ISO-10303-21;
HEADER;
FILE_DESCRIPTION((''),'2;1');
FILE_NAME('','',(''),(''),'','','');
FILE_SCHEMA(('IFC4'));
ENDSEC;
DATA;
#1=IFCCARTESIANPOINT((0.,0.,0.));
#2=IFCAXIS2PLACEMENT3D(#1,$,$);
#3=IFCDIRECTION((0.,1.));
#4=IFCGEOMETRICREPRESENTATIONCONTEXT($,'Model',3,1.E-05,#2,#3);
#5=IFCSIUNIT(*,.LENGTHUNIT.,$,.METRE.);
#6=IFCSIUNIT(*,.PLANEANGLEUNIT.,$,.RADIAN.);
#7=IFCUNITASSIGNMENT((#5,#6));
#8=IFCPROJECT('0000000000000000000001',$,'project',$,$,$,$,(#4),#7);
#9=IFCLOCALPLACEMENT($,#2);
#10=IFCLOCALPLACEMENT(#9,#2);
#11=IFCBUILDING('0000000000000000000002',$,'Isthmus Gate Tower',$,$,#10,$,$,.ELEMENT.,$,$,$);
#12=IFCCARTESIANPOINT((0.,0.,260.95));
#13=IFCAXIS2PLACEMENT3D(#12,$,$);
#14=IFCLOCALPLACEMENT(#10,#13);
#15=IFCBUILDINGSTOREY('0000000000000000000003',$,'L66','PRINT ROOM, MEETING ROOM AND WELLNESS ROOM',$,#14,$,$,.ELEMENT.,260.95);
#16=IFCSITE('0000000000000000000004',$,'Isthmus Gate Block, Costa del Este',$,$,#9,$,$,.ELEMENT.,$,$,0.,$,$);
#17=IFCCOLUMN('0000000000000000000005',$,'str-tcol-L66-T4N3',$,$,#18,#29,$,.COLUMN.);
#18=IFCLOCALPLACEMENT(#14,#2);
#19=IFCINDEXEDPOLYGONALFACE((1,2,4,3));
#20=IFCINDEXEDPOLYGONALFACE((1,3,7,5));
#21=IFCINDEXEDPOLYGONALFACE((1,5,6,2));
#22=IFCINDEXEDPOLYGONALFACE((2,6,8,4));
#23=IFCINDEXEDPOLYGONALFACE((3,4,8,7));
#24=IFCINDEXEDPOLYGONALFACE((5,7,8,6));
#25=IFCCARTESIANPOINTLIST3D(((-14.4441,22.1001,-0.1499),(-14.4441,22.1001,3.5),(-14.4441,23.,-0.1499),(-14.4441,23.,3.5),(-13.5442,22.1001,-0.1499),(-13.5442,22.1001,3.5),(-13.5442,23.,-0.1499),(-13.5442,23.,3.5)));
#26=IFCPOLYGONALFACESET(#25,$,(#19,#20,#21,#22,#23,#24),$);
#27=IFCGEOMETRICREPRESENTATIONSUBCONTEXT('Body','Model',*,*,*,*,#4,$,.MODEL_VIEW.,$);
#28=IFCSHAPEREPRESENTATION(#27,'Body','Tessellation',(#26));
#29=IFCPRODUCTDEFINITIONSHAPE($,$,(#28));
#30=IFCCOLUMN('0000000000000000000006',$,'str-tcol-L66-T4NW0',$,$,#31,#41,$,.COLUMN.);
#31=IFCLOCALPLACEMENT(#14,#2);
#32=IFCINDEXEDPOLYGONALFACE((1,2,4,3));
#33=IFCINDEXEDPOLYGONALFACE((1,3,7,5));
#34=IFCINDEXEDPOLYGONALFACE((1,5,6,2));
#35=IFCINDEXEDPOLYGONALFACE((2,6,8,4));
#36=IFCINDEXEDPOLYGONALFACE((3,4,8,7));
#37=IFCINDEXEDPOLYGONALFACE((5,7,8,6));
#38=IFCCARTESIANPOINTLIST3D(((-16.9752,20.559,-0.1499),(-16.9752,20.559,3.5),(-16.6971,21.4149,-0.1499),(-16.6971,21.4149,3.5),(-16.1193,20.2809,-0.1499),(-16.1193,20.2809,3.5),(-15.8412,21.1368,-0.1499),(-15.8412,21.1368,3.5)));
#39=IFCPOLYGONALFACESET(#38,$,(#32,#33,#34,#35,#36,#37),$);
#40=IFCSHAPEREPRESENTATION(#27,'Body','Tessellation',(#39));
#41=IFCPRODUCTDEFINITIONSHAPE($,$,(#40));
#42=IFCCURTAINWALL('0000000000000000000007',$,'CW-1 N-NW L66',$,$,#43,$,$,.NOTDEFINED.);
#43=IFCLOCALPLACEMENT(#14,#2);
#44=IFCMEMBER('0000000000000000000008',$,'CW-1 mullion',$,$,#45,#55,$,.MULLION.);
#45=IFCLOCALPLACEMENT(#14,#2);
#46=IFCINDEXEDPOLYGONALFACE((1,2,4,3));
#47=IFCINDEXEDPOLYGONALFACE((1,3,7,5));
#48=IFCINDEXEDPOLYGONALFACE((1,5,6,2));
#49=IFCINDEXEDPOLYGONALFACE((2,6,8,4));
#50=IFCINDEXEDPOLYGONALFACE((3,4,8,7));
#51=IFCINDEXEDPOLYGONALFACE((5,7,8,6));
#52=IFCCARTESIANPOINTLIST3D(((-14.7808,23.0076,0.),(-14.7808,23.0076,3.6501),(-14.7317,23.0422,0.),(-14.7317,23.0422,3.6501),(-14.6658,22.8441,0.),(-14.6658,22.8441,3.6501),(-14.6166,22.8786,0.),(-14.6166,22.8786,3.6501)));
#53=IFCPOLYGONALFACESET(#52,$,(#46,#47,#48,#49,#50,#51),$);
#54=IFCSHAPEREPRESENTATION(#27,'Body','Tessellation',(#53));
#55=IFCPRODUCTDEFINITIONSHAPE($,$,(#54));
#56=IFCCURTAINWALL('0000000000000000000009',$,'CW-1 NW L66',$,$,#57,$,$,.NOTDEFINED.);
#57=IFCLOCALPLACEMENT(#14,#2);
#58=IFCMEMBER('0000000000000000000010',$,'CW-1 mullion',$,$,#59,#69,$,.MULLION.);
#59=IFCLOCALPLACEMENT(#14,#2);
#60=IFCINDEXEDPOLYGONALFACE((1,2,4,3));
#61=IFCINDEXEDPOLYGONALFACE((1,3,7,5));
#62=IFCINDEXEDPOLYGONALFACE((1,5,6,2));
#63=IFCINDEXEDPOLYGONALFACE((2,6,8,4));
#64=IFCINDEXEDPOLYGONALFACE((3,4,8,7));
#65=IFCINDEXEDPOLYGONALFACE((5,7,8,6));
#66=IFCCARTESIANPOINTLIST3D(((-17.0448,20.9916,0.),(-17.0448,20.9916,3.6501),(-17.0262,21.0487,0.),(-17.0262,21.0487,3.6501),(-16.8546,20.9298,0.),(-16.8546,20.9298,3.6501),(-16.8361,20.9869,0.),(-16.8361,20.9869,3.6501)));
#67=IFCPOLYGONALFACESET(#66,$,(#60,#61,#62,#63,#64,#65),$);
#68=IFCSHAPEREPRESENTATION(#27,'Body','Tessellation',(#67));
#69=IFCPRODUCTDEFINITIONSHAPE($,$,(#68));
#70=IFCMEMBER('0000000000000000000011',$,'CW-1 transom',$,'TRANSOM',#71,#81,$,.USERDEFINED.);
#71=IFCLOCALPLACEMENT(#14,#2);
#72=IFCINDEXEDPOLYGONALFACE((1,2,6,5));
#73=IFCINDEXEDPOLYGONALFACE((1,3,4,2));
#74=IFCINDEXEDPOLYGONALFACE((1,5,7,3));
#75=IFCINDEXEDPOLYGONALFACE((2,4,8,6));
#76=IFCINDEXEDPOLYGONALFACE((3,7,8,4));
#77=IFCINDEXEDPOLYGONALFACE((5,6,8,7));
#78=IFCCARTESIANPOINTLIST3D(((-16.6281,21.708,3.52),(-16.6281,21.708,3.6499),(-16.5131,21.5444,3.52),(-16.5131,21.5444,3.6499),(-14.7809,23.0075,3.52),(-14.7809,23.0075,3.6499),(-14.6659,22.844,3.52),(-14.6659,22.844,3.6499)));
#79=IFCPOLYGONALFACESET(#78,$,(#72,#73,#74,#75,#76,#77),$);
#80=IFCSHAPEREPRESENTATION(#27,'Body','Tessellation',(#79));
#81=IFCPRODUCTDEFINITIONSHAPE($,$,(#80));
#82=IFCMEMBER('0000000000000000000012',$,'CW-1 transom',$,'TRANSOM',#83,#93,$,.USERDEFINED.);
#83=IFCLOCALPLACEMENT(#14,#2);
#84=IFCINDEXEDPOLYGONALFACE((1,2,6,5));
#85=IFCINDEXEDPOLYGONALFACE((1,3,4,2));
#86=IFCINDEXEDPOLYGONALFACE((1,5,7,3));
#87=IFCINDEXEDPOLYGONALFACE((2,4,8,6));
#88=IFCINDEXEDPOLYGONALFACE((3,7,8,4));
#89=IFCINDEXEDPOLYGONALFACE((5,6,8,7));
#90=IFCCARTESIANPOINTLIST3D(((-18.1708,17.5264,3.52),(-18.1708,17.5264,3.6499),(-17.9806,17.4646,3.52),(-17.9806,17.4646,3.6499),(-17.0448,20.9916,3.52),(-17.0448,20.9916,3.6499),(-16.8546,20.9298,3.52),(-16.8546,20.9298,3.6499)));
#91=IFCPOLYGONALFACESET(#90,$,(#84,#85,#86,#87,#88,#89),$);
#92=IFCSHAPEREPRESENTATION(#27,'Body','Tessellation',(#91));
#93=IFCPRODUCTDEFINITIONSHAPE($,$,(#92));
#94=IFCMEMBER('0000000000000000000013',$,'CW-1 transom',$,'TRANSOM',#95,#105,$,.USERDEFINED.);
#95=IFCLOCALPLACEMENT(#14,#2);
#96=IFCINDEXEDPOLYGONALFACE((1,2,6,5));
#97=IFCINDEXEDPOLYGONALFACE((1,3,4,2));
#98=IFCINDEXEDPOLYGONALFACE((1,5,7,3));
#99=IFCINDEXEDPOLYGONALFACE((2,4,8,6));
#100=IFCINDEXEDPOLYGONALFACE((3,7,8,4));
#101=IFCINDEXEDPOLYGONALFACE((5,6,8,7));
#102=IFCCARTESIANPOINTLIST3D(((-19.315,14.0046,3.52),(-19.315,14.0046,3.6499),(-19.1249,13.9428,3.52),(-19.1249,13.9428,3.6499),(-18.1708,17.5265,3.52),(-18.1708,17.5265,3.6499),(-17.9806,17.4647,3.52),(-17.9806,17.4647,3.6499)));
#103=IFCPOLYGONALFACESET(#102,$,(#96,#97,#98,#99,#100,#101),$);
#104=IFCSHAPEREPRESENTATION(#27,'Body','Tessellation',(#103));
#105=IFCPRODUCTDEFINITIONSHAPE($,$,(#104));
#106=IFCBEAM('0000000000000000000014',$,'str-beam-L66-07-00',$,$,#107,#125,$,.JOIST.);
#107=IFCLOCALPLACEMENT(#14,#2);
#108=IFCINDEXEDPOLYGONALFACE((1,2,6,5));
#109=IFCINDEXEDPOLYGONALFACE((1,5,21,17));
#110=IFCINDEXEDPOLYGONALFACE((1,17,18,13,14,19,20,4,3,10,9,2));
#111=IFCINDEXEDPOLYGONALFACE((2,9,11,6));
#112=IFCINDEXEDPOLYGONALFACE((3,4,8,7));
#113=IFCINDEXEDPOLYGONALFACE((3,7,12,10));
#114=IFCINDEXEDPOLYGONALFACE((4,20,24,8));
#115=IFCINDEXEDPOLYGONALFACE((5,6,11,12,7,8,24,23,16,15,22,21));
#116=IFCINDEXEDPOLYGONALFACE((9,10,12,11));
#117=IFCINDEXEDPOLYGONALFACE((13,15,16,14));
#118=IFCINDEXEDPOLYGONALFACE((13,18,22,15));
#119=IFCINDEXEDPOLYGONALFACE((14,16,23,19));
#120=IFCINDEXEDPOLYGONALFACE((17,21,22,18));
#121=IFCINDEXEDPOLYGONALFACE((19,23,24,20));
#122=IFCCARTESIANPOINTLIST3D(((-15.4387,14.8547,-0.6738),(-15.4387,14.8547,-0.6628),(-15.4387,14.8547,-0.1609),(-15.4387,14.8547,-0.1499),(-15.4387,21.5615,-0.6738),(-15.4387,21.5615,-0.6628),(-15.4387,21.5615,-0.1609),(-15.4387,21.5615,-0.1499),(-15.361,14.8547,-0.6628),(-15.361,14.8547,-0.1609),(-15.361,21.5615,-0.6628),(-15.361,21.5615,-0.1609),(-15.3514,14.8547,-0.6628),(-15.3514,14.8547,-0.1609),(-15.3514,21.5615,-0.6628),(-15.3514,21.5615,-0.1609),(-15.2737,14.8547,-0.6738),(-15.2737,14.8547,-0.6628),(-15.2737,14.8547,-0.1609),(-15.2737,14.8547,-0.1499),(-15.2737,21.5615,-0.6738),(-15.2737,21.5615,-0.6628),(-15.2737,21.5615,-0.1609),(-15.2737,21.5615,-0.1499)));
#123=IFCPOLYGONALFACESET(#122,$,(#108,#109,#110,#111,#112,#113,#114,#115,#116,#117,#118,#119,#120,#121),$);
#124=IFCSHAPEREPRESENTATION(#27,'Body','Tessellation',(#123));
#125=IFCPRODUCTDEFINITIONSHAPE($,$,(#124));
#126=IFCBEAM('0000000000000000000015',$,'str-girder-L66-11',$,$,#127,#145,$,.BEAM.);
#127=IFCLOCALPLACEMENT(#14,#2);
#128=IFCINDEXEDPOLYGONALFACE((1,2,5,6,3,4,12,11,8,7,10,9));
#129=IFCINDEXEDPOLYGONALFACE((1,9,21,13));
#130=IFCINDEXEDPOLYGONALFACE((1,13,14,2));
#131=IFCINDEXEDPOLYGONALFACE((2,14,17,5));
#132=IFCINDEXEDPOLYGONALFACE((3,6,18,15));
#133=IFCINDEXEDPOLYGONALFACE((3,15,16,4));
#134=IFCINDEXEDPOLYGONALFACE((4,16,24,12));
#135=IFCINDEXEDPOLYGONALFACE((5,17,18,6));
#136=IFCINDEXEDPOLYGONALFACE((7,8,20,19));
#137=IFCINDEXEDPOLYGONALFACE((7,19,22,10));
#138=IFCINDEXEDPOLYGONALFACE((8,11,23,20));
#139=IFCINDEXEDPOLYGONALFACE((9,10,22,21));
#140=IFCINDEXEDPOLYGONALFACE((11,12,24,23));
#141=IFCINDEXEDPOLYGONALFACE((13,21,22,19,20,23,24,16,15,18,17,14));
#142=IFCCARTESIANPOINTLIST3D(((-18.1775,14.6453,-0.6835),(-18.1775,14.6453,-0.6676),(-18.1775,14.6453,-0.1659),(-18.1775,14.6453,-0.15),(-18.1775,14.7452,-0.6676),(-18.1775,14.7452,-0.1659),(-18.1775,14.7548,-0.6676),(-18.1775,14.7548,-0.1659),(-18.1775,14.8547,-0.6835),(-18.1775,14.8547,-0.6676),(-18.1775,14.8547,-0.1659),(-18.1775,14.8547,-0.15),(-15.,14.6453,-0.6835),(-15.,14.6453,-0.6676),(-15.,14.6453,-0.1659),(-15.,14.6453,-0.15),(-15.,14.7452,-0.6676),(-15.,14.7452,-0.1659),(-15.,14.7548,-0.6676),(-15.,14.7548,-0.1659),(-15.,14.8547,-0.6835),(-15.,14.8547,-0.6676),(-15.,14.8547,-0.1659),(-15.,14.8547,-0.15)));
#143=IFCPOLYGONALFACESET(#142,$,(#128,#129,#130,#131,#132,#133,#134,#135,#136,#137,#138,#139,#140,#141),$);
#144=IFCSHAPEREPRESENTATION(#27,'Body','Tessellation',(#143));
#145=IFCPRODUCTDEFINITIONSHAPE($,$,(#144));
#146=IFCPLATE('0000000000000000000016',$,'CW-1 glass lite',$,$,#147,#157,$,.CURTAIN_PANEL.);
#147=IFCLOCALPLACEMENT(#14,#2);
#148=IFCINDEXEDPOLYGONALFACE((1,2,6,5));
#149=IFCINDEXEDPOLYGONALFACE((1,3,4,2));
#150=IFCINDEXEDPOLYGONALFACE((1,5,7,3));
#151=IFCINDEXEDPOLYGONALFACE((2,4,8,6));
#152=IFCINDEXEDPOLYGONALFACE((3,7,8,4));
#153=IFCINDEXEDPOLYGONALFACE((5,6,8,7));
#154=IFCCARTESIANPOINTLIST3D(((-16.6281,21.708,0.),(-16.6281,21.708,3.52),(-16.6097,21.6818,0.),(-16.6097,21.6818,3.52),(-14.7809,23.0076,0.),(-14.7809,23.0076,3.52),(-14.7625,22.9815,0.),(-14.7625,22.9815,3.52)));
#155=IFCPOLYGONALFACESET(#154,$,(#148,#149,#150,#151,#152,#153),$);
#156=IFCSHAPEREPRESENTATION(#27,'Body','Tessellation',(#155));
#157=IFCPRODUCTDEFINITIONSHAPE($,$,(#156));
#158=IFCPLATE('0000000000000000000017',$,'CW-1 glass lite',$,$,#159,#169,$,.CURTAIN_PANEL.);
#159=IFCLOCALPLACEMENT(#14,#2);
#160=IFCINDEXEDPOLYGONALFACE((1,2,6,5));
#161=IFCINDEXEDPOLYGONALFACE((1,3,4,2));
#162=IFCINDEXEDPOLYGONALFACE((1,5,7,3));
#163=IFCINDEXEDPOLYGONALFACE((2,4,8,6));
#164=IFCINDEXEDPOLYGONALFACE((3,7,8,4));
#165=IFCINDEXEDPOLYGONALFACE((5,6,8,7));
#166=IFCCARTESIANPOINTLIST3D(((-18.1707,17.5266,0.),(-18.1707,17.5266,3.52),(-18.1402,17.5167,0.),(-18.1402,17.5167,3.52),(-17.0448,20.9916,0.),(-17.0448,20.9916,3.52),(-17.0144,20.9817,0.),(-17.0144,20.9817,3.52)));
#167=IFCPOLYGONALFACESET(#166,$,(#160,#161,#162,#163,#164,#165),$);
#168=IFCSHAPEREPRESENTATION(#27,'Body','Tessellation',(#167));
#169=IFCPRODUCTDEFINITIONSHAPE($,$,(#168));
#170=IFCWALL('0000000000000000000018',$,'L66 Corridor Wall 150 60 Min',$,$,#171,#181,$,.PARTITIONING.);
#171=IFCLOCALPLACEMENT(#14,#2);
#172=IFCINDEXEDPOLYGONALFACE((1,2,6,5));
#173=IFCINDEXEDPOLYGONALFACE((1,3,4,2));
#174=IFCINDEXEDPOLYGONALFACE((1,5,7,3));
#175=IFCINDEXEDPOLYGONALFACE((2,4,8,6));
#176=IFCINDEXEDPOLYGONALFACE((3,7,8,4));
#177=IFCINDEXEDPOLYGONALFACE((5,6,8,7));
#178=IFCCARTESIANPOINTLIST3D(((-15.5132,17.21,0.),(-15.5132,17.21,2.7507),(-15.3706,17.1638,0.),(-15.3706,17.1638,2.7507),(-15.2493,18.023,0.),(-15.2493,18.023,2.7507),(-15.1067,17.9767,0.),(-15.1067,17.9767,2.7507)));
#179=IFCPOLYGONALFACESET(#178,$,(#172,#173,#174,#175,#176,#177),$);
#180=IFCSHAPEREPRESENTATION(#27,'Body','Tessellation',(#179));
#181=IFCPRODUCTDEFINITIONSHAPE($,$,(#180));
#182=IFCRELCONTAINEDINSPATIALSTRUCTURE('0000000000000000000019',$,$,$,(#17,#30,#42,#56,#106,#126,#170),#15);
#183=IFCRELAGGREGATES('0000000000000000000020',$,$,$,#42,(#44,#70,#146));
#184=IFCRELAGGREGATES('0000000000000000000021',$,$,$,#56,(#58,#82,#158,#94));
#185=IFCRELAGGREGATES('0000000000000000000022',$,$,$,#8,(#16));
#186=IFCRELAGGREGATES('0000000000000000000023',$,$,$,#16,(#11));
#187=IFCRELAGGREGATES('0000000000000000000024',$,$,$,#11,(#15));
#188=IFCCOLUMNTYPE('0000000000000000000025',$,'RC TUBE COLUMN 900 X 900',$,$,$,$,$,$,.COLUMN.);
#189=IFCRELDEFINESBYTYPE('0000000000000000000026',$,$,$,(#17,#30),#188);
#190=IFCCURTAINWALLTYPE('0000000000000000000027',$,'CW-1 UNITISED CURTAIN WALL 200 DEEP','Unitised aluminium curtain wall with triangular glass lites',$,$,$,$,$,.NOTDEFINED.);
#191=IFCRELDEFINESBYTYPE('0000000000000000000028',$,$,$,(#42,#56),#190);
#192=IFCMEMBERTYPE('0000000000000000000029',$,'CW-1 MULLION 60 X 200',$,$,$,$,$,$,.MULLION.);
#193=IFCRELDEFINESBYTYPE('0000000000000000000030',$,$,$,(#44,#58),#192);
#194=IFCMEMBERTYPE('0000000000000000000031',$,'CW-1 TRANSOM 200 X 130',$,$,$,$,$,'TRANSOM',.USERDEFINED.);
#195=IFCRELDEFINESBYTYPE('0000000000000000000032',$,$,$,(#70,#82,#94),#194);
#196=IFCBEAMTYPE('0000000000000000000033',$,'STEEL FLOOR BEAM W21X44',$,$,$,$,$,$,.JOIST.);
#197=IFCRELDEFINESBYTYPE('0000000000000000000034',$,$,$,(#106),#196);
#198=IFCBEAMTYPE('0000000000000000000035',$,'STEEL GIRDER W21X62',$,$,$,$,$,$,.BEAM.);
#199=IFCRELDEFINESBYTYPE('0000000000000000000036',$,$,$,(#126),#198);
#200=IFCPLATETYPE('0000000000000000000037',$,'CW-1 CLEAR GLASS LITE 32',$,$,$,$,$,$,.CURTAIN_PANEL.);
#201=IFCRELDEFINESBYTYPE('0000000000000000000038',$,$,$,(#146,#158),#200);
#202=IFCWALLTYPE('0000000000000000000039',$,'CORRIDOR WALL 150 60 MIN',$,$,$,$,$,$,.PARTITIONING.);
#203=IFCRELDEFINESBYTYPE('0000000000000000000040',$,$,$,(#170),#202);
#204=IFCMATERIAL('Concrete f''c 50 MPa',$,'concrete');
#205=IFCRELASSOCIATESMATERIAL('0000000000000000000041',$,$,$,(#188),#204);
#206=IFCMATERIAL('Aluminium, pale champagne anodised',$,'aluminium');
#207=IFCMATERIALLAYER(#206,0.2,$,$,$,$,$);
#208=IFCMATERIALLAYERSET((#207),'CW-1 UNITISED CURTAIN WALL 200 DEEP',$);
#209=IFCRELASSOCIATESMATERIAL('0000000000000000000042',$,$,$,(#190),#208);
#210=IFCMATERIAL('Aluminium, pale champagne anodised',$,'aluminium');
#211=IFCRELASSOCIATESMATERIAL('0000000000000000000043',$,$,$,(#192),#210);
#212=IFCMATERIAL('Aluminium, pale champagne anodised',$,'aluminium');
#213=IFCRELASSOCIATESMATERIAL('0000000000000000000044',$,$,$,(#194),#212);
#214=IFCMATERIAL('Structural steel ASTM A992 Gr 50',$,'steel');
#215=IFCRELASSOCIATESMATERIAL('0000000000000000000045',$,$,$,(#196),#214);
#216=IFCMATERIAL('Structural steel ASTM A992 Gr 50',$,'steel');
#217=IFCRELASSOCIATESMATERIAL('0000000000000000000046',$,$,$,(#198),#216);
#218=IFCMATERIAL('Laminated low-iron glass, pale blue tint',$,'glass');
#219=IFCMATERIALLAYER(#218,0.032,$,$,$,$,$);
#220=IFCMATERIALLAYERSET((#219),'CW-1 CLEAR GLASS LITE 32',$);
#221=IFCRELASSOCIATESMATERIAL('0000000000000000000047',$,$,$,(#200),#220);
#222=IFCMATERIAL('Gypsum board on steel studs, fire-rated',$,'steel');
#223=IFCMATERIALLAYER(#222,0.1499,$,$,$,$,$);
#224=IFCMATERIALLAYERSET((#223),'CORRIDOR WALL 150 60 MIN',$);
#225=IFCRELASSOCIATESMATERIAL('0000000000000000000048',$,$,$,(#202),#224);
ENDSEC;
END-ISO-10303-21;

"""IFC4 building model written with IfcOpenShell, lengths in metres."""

from ifc_helpers import new_model, si_unit, direction, frame, frame_2d, origin, origin_2d, place, context, subcontext, project, spatial, rectangle, i_section, extrude, material, layer, layer_set, material_profile, profile_set, type_object, element, aggregate, save


model = new_model("IFC4")

# Units and contexts
model_context = context("Model", 3, precision=1e-05, world=origin(), true_north=direction((0.0, 1.0)))
body_context = subcontext(model_context, "Body", "Model", "MODEL_VIEW")
ifc_project = project(units=[si_unit("LENGTHUNIT", "METRE"), si_unit("PLANEANGLEUNIT", "RADIAN")], contexts=[model_context])

# Site, building, storey
site_placement = place(None, origin())
site = spatial("IfcSite", under=ifc_project, at=site_placement, Name="Isthmus Gate Block, Costa del Este", CompositionType="ELEMENT", RefElevation=0.0)
building_placement = place(site_placement, origin())
building = spatial("IfcBuilding", under=site, at=building_placement, Name="Isthmus Gate Tower", CompositionType="ELEMENT")
storey_placement = place(building_placement, frame((0.0, 0.0, 260.95)))
storey = spatial("IfcBuildingStorey", under=building, at=storey_placement, Name="L66", Description="PRINT ROOM, MEETING ROOM AND WELLNESS ROOM", CompositionType="ELEMENT", Elevation=260.95)

# Columns
ifc_material_1 = material(Name="Concrete f'c 50 MPa", Category="concrete")
ifc_material_profile_1 = material_profile(ifc_material_1, rectangle(XDim=0.8999, YDim=0.8999, at=origin_2d()), Name="RC 900X900")
ifc_profile_set_1 = profile_set([ifc_material_profile_1], Name="Concrete f'c 50 MPa")
column_type = type_object("IfcColumnType", Name="RC TUBE COLUMN 900 X 900", PredefinedType="COLUMN", material=ifc_profile_set_1)
for number, where, z_axis, x_axis, name in (
    (1, (-13.9941, 22.55, -0.1499), (0.0, 0.0, 1.0), (-1.0, 0.0, 0.0), "str-tcol-L66-T4N3"),
    (2, (-16.4082, 20.8479, -0.1499), (0.0, 0.0, 1.0), (-0.309017, -0.951057, 0.0), "str-tcol-L66-T4NW0"),
):
    element("IfcColumn", number, at=place(storey_placement, frame(where, z_axis=z_axis, x_axis=x_axis)), inside=storey, type_object=column_type, Name=name, PredefinedType="COLUMN", context=body_context, shape_type="SweptSolid", body=[
        extrude(rectangle(XDim=0.8999, YDim=0.8999, at=origin_2d()), origin(), (0.0, 0.0, 1.0), 3.6499),
    ])

# Curtain walls, members
ifc_material_2 = material(Name="Aluminium, pale champagne anodised", Category="aluminium")
ifc_layer_1 = layer(ifc_material_2, 0.2)
ifc_layer_set_1 = layer_set([ifc_layer_1], Name="CW-1 UNITISED CURTAIN WALL 200 DEEP")
curtain_wall_type = type_object("IfcCurtainWallType", Name="CW-1 UNITISED CURTAIN WALL 200 DEEP", Description="Unitised aluminium curtain wall with triangular glass lites", PredefinedType="NOTDEFINED", material=ifc_layer_set_1)
curtain_wall_1_placement = place(storey_placement, origin())
curtain_wall_1 = element("IfcCurtainWall", 3, at=curtain_wall_1_placement, inside=storey, type_object=curtain_wall_type, Name="CW-1 N-NW L66", PredefinedType="NOTDEFINED")
ifc_material_3 = material(Name="Aluminium, pale champagne anodised", Category="aluminium")
ifc_material_profile_2 = material_profile(ifc_material_3, rectangle(XDim=0.0601, YDim=0.2, at=origin_2d()), Name="60x200")
ifc_profile_set_2 = profile_set([ifc_material_profile_2], Name="Aluminium, pale champagne anodised")
member_type_1 = type_object("IfcMemberType", Name="CW-1 MULLION 60 X 200", PredefinedType="MULLION", material=ifc_profile_set_2)
member_1_placement = place(storey_placement, frame((-14.6987, 22.9431, 0.0), z_axis=(0.0, 0.0, 1.0), x_axis=(-0.81786, -0.575418, 0.0)))
member_1 = element("IfcMember", 4, at=member_1_placement, type_object=member_type_1, Name="CW-1 mullion", PredefinedType="MULLION", context=body_context, shape_type="SweptSolid", body=[
    extrude(rectangle(XDim=0.0601, YDim=0.2, at=origin_2d()), origin(), (0.0, 0.0, 1.0), 3.6501),
])
curtain_wall_2_placement = place(storey_placement, origin())
curtain_wall_2 = element("IfcCurtainWall", 5, at=curtain_wall_2_placement, inside=storey, type_object=curtain_wall_type, Name="CW-1 NW L66", PredefinedType="NOTDEFINED")
member_2_placement = place(storey_placement, frame((-16.9404, 20.9893, 0.0), z_axis=(0.0, 0.0, 1.0), x_axis=(-0.309017, -0.951057, 0.0)))
member_2 = element("IfcMember", 6, at=member_2_placement, type_object=member_type_1, Name="CW-1 mullion", PredefinedType="MULLION", context=body_context, shape_type="SweptSolid", body=[
    extrude(rectangle(XDim=0.0601, YDim=0.2, at=origin_2d()), origin(), (0.0, 0.0, 1.0), 3.6501),
])

# Members
ifc_material_4 = material(Name="Aluminium, pale champagne anodised", Category="aluminium")
ifc_material_profile_3 = material_profile(ifc_material_4, rectangle(XDim=0.2, YDim=0.1299, at=origin_2d()), Name="200x130")
ifc_profile_set_3 = profile_set([ifc_material_profile_3], Name="Aluminium, pale champagne anodised")
member_type_2 = type_object("IfcMemberType", Name="CW-1 TRANSOM 200 X 130", ElementType="TRANSOM", PredefinedType="USERDEFINED", material=ifc_profile_set_3)
member_3_placement = place(storey_placement, frame((-14.7234, 22.9258, 3.585), z_axis=(-0.817869, -0.575405, 0.0), x_axis=(0.575405, -0.817869, 0.0)))
member_3 = element("IfcMember", 7, at=member_3_placement, type_object=member_type_2, Name="CW-1 transom", ObjectType="TRANSOM", PredefinedType="USERDEFINED", context=body_context, shape_type="SweptSolid", body=[
    extrude(rectangle(XDim=0.2, YDim=0.1299, at=origin_2d()), origin(), (0.0, 0.0, 1.0), 2.2585),
])
member_4_placement = place(storey_placement, frame((-16.9497, 20.9607, 3.585), z_axis=(-0.309042, -0.951048, 0.0), x_axis=(0.951048, -0.309042, 0.0)))
member_4 = element("IfcMember", 8, at=member_4_placement, type_object=member_type_2, Name="CW-1 transom", ObjectType="TRANSOM", PredefinedType="USERDEFINED", context=body_context, shape_type="SweptSolid", body=[
    extrude(rectangle(XDim=0.2, YDim=0.1299, at=origin_2d()), origin(), (0.0, 0.0, 1.0), 3.6436),
])
member_5_placement = place(storey_placement, frame((-18.0757, 17.4956, 3.585), z_axis=(-0.309, -0.951062, 0.0), x_axis=(0.951062, -0.309, 0.0)))
member_5 = element("IfcMember", 9, at=member_5_placement, type_object=member_type_2, Name="CW-1 transom", ObjectType="TRANSOM", PredefinedType="USERDEFINED", context=body_context, shape_type="SweptSolid", body=[
    extrude(rectangle(XDim=0.2, YDim=0.1299, at=origin_2d()), origin(), (0.0, 0.0, 1.0), 3.7031),
])

# Beams
ifc_material_5 = material(Name="Structural steel ASTM A992 Gr 50", Category="steel")
ifc_material_profile_4 = material_profile(ifc_material_5, i_section(OverallWidth=0.165, OverallDepth=0.5239, WebThickness=0.0095, FlangeThickness=0.011, at=origin_2d()), Name="W21X44")
ifc_profile_set_4 = profile_set([ifc_material_profile_4], Name="Structural steel ASTM A992 Gr 50")
beam_type_1 = type_object("IfcBeamType", Name="STEEL FLOOR BEAM W21X44", PredefinedType="JOIST", material=ifc_profile_set_4)
beam_1_placement = place(storey_placement, frame((-15.3562, 14.8547, -0.4119), z_axis=(0.0, 1.0, 0.0), x_axis=(-1.0, 0.0, 0.0)))
element("IfcBeam", 10, at=beam_1_placement, inside=storey, type_object=beam_type_1, Name="str-beam-L66-07-00", PredefinedType="JOIST", context=body_context, shape_type="SweptSolid", body=[
    extrude(i_section(OverallWidth=0.165, OverallDepth=0.5239, WebThickness=0.0095, FlangeThickness=0.011, at=origin_2d()), origin(), (0.0, 0.0, 1.0), 6.7068),
])
ifc_material_6 = material(Name="Structural steel ASTM A992 Gr 50", Category="steel")
ifc_material_profile_5 = material_profile(ifc_material_6, i_section(OverallWidth=0.2095, OverallDepth=0.5334, WebThickness=0.0095, FlangeThickness=0.0159, at=origin_2d()), Name="W21X62")
ifc_profile_set_5 = profile_set([ifc_material_profile_5], Name="Structural steel ASTM A992 Gr 50")
beam_type_2 = type_object("IfcBeamType", Name="STEEL GIRDER W21X62", PredefinedType="BEAM", material=ifc_profile_set_5)
beam_2_placement = place(storey_placement, frame((-15.0, 14.75, -0.4167), z_axis=(-1.0, 0.0, 0.0), x_axis=(0.0, -1.0, 0.0)))
element("IfcBeam", 11, at=beam_2_placement, inside=storey, type_object=beam_type_2, Name="str-girder-L66-11", PredefinedType="BEAM", context=body_context, shape_type="SweptSolid", body=[
    extrude(i_section(OverallWidth=0.2095, OverallDepth=0.5334, WebThickness=0.0095, FlangeThickness=0.0159, at=origin_2d()), origin(), (0.0, 0.0, 1.0), 3.1775),
])

# Plates
ifc_material_7 = material(Name="Laminated low-iron glass, pale blue tint", Category="glass")
ifc_layer_2 = layer(ifc_material_7, 0.032)
ifc_layer_set_2 = layer_set([ifc_layer_2], Name="CW-1 CLEAR GLASS LITE 32")
plate_type = type_object("IfcPlateType", Name="CW-1 CLEAR GLASS LITE 32", PredefinedType="CURTAIN_PANEL", material=ifc_layer_set_2)
plate_1_placement = place(storey_placement, frame((-15.6953, 22.3447, 0.0), z_axis=(0.0, 0.0, 1.0), x_axis=(-0.81786, -0.575418, 0.0)))
plate_1 = element("IfcPlate", 12, at=plate_1_placement, type_object=plate_type, Name="CW-1 glass lite", PredefinedType="CURTAIN_PANEL", context=body_context, shape_type="SweptSolid", body=[
    extrude(rectangle(XDim=2.2585, YDim=0.032, at=origin_2d()), origin(), (0.0, 0.0, 1.0), 3.52),
])
aggregate(curtain_wall_1, [member_1, member_3, plate_1])
plate_2_placement = place(storey_placement, frame((-17.5925, 19.2542, 0.0), z_axis=(0.0, 0.0, 1.0), x_axis=(-0.309017, -0.951057, 0.0)))
plate_2 = element("IfcPlate", 13, at=plate_2_placement, type_object=plate_type, Name="CW-1 glass lite", PredefinedType="CURTAIN_PANEL", context=body_context, shape_type="SweptSolid", body=[
    extrude(rectangle(XDim=3.6433, YDim=0.032, at=origin_2d()), origin(), (0.0, 0.0, 1.0), 3.52),
])

# Wall
ifc_material_8 = material(Name="Gypsum board on steel studs, fire-rated", Category="steel")
ifc_layer_3 = layer(ifc_material_8, 0.1499)
ifc_layer_set_3 = layer_set([ifc_layer_3], Name="CORRIDOR WALL 150 60 MIN")
wall_type_1 = type_object("IfcWallType", Name="CORRIDOR WALL 150 60 MIN", PredefinedType="PARTITIONING", material=ifc_layer_set_3)
wall_1_placement = place(storey_placement, frame((-15.4419, 17.187, 0.0), z_axis=(0.0, 0.0, 1.0), x_axis=(0.308763, 0.951139, 0.0)))
element("IfcWall", 14, at=wall_1_placement, inside=storey, type_object=wall_type_1, Name="L66 Corridor Wall 150 60 Min", PredefinedType="PARTITIONING", context=body_context, shape_type="SweptSolid", body=[
    extrude(rectangle(XDim=0.8547, YDim=0.1499, at=frame_2d((0.4272, 0.0))), origin(), (0.0, 0.0, 1.0), 2.7507),
])

aggregate(curtain_wall_2, [member_2, member_4, plate_2, member_5])

save(model, "model.ifc")
